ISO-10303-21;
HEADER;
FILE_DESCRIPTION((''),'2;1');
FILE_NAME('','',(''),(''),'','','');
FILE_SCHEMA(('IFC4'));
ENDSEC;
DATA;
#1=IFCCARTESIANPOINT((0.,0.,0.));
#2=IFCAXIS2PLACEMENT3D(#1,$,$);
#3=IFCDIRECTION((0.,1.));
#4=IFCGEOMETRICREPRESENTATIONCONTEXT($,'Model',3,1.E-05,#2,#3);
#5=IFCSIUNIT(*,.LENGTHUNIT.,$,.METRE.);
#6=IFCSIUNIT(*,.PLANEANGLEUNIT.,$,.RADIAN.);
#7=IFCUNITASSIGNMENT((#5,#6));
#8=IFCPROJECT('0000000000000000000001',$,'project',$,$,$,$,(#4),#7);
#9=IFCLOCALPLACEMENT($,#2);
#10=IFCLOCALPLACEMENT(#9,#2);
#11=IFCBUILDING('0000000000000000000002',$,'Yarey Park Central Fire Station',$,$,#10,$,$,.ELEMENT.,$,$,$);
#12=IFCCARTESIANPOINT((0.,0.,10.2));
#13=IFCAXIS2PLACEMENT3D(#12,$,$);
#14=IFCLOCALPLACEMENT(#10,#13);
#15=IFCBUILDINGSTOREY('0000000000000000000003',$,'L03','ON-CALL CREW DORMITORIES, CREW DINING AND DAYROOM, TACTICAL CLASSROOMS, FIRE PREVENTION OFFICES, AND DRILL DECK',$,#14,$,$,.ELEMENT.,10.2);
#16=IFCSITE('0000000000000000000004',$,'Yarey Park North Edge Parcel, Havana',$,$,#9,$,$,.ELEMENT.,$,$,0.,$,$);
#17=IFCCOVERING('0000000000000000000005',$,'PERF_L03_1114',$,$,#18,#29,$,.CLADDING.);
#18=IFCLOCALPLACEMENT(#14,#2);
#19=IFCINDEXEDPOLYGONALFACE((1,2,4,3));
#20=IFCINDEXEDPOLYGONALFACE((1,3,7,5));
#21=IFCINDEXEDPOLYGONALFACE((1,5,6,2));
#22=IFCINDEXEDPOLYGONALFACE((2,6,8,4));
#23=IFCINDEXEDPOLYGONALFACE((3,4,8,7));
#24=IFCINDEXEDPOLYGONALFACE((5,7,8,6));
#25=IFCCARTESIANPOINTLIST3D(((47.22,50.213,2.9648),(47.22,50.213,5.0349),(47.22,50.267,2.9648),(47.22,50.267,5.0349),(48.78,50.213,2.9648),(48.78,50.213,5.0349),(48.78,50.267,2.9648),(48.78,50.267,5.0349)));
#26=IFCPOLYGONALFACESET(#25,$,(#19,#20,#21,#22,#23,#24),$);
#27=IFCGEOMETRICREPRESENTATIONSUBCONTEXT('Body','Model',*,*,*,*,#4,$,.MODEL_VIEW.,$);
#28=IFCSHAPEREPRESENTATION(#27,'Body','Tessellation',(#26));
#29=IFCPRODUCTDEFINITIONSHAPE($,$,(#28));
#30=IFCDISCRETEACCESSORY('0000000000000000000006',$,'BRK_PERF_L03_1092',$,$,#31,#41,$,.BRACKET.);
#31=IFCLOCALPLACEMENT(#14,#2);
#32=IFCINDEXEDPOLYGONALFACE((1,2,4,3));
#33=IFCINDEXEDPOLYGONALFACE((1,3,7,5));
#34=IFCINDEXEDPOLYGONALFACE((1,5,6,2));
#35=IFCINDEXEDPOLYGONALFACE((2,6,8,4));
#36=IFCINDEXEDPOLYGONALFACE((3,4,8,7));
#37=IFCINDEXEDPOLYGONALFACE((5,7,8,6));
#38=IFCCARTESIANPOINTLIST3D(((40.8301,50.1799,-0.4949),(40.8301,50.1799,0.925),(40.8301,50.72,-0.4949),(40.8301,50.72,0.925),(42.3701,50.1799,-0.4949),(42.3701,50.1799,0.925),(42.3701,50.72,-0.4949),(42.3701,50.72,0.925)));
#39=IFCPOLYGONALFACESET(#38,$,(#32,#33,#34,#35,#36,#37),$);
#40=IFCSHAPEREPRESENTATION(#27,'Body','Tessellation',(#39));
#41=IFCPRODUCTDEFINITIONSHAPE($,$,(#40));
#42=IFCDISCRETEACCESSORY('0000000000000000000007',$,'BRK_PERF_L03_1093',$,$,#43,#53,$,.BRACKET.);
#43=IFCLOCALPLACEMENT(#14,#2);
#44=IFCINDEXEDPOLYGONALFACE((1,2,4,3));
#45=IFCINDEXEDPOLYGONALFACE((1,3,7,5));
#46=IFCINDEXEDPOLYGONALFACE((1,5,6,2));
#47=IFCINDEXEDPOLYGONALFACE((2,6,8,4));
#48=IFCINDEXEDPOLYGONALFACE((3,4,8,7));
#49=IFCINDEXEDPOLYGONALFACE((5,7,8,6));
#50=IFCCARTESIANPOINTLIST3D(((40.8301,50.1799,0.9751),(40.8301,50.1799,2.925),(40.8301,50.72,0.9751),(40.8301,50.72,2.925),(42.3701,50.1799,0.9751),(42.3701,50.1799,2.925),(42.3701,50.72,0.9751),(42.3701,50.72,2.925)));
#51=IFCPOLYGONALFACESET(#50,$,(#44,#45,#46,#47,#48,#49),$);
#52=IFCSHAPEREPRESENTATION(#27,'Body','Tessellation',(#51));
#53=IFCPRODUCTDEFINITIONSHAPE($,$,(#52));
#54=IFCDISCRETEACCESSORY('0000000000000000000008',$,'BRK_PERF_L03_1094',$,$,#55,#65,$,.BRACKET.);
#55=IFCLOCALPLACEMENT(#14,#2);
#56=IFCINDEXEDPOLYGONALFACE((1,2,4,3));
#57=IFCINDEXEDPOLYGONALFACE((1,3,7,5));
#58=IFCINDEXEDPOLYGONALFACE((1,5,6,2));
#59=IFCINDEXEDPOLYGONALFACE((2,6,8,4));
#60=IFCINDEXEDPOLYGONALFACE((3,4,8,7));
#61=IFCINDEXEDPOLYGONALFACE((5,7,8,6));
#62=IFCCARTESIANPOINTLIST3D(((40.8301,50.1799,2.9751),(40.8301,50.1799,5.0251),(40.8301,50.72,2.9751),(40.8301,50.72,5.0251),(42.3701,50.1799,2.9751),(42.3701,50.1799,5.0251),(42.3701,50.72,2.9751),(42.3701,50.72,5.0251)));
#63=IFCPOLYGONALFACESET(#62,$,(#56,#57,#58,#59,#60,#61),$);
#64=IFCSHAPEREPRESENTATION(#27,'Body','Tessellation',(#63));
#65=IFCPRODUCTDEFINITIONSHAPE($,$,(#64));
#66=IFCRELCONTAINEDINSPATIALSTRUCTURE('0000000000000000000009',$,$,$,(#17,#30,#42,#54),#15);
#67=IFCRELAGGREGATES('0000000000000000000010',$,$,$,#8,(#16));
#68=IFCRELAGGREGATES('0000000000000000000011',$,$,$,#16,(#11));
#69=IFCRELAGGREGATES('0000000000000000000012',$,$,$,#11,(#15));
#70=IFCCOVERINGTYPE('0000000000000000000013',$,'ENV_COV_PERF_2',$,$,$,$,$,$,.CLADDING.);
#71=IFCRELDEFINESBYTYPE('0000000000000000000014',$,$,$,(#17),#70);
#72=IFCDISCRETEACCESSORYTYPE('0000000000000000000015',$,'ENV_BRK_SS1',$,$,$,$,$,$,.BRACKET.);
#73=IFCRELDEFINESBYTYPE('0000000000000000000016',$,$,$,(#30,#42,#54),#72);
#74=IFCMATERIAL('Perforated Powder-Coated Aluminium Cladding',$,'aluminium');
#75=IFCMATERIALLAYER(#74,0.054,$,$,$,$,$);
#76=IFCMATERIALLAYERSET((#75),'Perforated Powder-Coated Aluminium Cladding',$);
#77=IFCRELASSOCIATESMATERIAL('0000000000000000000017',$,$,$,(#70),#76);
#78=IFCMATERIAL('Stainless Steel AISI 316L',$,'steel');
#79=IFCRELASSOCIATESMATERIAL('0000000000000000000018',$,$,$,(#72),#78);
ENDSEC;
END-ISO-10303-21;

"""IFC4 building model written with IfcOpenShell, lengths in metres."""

from ifc_helpers import new_model, si_unit, direction, frame, origin, origin_2d, place, context, subcontext, project, spatial, rectangle, extrude, material, layer, layer_set, type_object, element, save


model = new_model("IFC4")

# Units and contexts
model_context = context("Model", 3, precision=1e-05, world=origin(), true_north=direction((0.0, 1.0)))
body_context = subcontext(model_context, "Body", "Model", "MODEL_VIEW")
ifc_project = project(units=[si_unit("LENGTHUNIT", "METRE"), si_unit("PLANEANGLEUNIT", "RADIAN")], contexts=[model_context])

# Site, building, storey
site_placement = place(None, origin())
site = spatial("IfcSite", under=ifc_project, at=site_placement, Name="Yarey Park North Edge Parcel, Havana", CompositionType="ELEMENT", RefElevation=0.0)
building_placement = place(site_placement, origin())
building = spatial("IfcBuilding", under=site, at=building_placement, Name="Yarey Park Central Fire Station", CompositionType="ELEMENT")
storey_placement = place(building_placement, frame((0.0, 0.0, 10.2)))
storey = spatial("IfcBuildingStorey", under=building, at=storey_placement, Name="L03", Description="ON-CALL CREW DORMITORIES, CREW DINING AND DAYROOM, TACTICAL CLASSROOMS, FIRE PREVENTION OFFICES, AND DRILL DECK", CompositionType="ELEMENT", Elevation=10.2)

# Covering
ifc_material_1 = material(Name="Perforated Powder-Coated Aluminium Cladding", Category="aluminium")
ifc_layer_1 = layer(ifc_material_1, 0.054)
ifc_layer_set_1 = layer_set([ifc_layer_1], Name="Perforated Powder-Coated Aluminium Cladding")
covering_type_1 = type_object("IfcCoveringType", Name="ENV_COV_PERF_2", PredefinedType="CLADDING", material=ifc_layer_set_1)
covering_1_placement = place(storey_placement, frame((48.0, 50.24, 2.9648), z_axis=(0.0, 0.0, 1.0), x_axis=(1.0, 0.0, 0.0)))
element("IfcCovering", 1, at=covering_1_placement, inside=storey, type_object=covering_type_1, Name="PERF_L03_1114", PredefinedType="CLADDING", context=body_context, shape_type="SweptSolid", body=[
    extrude(rectangle(XDim=1.5601, YDim=0.054, at=origin_2d()), origin(), (0.0, 0.0, 1.0), 2.0701),
])

# Discrete accessories
ifc_material_2 = material(Name="Stainless Steel AISI 316L", Category="steel")
discrete_accessory_type = type_object("IfcDiscreteAccessoryType", Name="ENV_BRK_SS1", PredefinedType="BRACKET", material=ifc_material_2)
discrete_accessory_1_placement = place(storey_placement, frame((41.6001, 50.45, -0.4949), z_axis=(0.0, 0.0, 1.0), x_axis=(1.0, 0.0, 0.0)))
element("IfcDiscreteAccessory", 2, at=discrete_accessory_1_placement, inside=storey, type_object=discrete_accessory_type, Name="BRK_PERF_L03_1092", PredefinedType="BRACKET", context=body_context, shape_type="SweptSolid", body=[
    extrude(rectangle(XDim=1.54, YDim=0.54, at=origin_2d()), origin(), (0.0, 0.0, 1.0), 1.4199),
])
discrete_accessory_2_placement = place(storey_placement, frame((41.6001, 50.45, 0.9751), z_axis=(0.0, 0.0, 1.0), x_axis=(1.0, 0.0, 0.0)))
element("IfcDiscreteAccessory", 3, at=discrete_accessory_2_placement, inside=storey, type_object=discrete_accessory_type, Name="BRK_PERF_L03_1093", PredefinedType="BRACKET", context=body_context, shape_type="SweptSolid", body=[
    extrude(rectangle(XDim=1.54, YDim=0.54, at=origin_2d()), origin(), (0.0, 0.0, 1.0), 1.95),
])
discrete_accessory_3_placement = place(storey_placement, frame((41.6001, 50.45, 2.9751), z_axis=(0.0, 0.0, 1.0), x_axis=(1.0, 0.0, 0.0)))
element("IfcDiscreteAccessory", 4, at=discrete_accessory_3_placement, inside=storey, type_object=discrete_accessory_type, Name="BRK_PERF_L03_1094", PredefinedType="BRACKET", context=body_context, shape_type="SweptSolid", body=[
    extrude(rectangle(XDim=1.54, YDim=0.54, at=origin_2d()), origin(), (0.0, 0.0, 1.0), 2.05),
])

save(model, "model.ifc")
